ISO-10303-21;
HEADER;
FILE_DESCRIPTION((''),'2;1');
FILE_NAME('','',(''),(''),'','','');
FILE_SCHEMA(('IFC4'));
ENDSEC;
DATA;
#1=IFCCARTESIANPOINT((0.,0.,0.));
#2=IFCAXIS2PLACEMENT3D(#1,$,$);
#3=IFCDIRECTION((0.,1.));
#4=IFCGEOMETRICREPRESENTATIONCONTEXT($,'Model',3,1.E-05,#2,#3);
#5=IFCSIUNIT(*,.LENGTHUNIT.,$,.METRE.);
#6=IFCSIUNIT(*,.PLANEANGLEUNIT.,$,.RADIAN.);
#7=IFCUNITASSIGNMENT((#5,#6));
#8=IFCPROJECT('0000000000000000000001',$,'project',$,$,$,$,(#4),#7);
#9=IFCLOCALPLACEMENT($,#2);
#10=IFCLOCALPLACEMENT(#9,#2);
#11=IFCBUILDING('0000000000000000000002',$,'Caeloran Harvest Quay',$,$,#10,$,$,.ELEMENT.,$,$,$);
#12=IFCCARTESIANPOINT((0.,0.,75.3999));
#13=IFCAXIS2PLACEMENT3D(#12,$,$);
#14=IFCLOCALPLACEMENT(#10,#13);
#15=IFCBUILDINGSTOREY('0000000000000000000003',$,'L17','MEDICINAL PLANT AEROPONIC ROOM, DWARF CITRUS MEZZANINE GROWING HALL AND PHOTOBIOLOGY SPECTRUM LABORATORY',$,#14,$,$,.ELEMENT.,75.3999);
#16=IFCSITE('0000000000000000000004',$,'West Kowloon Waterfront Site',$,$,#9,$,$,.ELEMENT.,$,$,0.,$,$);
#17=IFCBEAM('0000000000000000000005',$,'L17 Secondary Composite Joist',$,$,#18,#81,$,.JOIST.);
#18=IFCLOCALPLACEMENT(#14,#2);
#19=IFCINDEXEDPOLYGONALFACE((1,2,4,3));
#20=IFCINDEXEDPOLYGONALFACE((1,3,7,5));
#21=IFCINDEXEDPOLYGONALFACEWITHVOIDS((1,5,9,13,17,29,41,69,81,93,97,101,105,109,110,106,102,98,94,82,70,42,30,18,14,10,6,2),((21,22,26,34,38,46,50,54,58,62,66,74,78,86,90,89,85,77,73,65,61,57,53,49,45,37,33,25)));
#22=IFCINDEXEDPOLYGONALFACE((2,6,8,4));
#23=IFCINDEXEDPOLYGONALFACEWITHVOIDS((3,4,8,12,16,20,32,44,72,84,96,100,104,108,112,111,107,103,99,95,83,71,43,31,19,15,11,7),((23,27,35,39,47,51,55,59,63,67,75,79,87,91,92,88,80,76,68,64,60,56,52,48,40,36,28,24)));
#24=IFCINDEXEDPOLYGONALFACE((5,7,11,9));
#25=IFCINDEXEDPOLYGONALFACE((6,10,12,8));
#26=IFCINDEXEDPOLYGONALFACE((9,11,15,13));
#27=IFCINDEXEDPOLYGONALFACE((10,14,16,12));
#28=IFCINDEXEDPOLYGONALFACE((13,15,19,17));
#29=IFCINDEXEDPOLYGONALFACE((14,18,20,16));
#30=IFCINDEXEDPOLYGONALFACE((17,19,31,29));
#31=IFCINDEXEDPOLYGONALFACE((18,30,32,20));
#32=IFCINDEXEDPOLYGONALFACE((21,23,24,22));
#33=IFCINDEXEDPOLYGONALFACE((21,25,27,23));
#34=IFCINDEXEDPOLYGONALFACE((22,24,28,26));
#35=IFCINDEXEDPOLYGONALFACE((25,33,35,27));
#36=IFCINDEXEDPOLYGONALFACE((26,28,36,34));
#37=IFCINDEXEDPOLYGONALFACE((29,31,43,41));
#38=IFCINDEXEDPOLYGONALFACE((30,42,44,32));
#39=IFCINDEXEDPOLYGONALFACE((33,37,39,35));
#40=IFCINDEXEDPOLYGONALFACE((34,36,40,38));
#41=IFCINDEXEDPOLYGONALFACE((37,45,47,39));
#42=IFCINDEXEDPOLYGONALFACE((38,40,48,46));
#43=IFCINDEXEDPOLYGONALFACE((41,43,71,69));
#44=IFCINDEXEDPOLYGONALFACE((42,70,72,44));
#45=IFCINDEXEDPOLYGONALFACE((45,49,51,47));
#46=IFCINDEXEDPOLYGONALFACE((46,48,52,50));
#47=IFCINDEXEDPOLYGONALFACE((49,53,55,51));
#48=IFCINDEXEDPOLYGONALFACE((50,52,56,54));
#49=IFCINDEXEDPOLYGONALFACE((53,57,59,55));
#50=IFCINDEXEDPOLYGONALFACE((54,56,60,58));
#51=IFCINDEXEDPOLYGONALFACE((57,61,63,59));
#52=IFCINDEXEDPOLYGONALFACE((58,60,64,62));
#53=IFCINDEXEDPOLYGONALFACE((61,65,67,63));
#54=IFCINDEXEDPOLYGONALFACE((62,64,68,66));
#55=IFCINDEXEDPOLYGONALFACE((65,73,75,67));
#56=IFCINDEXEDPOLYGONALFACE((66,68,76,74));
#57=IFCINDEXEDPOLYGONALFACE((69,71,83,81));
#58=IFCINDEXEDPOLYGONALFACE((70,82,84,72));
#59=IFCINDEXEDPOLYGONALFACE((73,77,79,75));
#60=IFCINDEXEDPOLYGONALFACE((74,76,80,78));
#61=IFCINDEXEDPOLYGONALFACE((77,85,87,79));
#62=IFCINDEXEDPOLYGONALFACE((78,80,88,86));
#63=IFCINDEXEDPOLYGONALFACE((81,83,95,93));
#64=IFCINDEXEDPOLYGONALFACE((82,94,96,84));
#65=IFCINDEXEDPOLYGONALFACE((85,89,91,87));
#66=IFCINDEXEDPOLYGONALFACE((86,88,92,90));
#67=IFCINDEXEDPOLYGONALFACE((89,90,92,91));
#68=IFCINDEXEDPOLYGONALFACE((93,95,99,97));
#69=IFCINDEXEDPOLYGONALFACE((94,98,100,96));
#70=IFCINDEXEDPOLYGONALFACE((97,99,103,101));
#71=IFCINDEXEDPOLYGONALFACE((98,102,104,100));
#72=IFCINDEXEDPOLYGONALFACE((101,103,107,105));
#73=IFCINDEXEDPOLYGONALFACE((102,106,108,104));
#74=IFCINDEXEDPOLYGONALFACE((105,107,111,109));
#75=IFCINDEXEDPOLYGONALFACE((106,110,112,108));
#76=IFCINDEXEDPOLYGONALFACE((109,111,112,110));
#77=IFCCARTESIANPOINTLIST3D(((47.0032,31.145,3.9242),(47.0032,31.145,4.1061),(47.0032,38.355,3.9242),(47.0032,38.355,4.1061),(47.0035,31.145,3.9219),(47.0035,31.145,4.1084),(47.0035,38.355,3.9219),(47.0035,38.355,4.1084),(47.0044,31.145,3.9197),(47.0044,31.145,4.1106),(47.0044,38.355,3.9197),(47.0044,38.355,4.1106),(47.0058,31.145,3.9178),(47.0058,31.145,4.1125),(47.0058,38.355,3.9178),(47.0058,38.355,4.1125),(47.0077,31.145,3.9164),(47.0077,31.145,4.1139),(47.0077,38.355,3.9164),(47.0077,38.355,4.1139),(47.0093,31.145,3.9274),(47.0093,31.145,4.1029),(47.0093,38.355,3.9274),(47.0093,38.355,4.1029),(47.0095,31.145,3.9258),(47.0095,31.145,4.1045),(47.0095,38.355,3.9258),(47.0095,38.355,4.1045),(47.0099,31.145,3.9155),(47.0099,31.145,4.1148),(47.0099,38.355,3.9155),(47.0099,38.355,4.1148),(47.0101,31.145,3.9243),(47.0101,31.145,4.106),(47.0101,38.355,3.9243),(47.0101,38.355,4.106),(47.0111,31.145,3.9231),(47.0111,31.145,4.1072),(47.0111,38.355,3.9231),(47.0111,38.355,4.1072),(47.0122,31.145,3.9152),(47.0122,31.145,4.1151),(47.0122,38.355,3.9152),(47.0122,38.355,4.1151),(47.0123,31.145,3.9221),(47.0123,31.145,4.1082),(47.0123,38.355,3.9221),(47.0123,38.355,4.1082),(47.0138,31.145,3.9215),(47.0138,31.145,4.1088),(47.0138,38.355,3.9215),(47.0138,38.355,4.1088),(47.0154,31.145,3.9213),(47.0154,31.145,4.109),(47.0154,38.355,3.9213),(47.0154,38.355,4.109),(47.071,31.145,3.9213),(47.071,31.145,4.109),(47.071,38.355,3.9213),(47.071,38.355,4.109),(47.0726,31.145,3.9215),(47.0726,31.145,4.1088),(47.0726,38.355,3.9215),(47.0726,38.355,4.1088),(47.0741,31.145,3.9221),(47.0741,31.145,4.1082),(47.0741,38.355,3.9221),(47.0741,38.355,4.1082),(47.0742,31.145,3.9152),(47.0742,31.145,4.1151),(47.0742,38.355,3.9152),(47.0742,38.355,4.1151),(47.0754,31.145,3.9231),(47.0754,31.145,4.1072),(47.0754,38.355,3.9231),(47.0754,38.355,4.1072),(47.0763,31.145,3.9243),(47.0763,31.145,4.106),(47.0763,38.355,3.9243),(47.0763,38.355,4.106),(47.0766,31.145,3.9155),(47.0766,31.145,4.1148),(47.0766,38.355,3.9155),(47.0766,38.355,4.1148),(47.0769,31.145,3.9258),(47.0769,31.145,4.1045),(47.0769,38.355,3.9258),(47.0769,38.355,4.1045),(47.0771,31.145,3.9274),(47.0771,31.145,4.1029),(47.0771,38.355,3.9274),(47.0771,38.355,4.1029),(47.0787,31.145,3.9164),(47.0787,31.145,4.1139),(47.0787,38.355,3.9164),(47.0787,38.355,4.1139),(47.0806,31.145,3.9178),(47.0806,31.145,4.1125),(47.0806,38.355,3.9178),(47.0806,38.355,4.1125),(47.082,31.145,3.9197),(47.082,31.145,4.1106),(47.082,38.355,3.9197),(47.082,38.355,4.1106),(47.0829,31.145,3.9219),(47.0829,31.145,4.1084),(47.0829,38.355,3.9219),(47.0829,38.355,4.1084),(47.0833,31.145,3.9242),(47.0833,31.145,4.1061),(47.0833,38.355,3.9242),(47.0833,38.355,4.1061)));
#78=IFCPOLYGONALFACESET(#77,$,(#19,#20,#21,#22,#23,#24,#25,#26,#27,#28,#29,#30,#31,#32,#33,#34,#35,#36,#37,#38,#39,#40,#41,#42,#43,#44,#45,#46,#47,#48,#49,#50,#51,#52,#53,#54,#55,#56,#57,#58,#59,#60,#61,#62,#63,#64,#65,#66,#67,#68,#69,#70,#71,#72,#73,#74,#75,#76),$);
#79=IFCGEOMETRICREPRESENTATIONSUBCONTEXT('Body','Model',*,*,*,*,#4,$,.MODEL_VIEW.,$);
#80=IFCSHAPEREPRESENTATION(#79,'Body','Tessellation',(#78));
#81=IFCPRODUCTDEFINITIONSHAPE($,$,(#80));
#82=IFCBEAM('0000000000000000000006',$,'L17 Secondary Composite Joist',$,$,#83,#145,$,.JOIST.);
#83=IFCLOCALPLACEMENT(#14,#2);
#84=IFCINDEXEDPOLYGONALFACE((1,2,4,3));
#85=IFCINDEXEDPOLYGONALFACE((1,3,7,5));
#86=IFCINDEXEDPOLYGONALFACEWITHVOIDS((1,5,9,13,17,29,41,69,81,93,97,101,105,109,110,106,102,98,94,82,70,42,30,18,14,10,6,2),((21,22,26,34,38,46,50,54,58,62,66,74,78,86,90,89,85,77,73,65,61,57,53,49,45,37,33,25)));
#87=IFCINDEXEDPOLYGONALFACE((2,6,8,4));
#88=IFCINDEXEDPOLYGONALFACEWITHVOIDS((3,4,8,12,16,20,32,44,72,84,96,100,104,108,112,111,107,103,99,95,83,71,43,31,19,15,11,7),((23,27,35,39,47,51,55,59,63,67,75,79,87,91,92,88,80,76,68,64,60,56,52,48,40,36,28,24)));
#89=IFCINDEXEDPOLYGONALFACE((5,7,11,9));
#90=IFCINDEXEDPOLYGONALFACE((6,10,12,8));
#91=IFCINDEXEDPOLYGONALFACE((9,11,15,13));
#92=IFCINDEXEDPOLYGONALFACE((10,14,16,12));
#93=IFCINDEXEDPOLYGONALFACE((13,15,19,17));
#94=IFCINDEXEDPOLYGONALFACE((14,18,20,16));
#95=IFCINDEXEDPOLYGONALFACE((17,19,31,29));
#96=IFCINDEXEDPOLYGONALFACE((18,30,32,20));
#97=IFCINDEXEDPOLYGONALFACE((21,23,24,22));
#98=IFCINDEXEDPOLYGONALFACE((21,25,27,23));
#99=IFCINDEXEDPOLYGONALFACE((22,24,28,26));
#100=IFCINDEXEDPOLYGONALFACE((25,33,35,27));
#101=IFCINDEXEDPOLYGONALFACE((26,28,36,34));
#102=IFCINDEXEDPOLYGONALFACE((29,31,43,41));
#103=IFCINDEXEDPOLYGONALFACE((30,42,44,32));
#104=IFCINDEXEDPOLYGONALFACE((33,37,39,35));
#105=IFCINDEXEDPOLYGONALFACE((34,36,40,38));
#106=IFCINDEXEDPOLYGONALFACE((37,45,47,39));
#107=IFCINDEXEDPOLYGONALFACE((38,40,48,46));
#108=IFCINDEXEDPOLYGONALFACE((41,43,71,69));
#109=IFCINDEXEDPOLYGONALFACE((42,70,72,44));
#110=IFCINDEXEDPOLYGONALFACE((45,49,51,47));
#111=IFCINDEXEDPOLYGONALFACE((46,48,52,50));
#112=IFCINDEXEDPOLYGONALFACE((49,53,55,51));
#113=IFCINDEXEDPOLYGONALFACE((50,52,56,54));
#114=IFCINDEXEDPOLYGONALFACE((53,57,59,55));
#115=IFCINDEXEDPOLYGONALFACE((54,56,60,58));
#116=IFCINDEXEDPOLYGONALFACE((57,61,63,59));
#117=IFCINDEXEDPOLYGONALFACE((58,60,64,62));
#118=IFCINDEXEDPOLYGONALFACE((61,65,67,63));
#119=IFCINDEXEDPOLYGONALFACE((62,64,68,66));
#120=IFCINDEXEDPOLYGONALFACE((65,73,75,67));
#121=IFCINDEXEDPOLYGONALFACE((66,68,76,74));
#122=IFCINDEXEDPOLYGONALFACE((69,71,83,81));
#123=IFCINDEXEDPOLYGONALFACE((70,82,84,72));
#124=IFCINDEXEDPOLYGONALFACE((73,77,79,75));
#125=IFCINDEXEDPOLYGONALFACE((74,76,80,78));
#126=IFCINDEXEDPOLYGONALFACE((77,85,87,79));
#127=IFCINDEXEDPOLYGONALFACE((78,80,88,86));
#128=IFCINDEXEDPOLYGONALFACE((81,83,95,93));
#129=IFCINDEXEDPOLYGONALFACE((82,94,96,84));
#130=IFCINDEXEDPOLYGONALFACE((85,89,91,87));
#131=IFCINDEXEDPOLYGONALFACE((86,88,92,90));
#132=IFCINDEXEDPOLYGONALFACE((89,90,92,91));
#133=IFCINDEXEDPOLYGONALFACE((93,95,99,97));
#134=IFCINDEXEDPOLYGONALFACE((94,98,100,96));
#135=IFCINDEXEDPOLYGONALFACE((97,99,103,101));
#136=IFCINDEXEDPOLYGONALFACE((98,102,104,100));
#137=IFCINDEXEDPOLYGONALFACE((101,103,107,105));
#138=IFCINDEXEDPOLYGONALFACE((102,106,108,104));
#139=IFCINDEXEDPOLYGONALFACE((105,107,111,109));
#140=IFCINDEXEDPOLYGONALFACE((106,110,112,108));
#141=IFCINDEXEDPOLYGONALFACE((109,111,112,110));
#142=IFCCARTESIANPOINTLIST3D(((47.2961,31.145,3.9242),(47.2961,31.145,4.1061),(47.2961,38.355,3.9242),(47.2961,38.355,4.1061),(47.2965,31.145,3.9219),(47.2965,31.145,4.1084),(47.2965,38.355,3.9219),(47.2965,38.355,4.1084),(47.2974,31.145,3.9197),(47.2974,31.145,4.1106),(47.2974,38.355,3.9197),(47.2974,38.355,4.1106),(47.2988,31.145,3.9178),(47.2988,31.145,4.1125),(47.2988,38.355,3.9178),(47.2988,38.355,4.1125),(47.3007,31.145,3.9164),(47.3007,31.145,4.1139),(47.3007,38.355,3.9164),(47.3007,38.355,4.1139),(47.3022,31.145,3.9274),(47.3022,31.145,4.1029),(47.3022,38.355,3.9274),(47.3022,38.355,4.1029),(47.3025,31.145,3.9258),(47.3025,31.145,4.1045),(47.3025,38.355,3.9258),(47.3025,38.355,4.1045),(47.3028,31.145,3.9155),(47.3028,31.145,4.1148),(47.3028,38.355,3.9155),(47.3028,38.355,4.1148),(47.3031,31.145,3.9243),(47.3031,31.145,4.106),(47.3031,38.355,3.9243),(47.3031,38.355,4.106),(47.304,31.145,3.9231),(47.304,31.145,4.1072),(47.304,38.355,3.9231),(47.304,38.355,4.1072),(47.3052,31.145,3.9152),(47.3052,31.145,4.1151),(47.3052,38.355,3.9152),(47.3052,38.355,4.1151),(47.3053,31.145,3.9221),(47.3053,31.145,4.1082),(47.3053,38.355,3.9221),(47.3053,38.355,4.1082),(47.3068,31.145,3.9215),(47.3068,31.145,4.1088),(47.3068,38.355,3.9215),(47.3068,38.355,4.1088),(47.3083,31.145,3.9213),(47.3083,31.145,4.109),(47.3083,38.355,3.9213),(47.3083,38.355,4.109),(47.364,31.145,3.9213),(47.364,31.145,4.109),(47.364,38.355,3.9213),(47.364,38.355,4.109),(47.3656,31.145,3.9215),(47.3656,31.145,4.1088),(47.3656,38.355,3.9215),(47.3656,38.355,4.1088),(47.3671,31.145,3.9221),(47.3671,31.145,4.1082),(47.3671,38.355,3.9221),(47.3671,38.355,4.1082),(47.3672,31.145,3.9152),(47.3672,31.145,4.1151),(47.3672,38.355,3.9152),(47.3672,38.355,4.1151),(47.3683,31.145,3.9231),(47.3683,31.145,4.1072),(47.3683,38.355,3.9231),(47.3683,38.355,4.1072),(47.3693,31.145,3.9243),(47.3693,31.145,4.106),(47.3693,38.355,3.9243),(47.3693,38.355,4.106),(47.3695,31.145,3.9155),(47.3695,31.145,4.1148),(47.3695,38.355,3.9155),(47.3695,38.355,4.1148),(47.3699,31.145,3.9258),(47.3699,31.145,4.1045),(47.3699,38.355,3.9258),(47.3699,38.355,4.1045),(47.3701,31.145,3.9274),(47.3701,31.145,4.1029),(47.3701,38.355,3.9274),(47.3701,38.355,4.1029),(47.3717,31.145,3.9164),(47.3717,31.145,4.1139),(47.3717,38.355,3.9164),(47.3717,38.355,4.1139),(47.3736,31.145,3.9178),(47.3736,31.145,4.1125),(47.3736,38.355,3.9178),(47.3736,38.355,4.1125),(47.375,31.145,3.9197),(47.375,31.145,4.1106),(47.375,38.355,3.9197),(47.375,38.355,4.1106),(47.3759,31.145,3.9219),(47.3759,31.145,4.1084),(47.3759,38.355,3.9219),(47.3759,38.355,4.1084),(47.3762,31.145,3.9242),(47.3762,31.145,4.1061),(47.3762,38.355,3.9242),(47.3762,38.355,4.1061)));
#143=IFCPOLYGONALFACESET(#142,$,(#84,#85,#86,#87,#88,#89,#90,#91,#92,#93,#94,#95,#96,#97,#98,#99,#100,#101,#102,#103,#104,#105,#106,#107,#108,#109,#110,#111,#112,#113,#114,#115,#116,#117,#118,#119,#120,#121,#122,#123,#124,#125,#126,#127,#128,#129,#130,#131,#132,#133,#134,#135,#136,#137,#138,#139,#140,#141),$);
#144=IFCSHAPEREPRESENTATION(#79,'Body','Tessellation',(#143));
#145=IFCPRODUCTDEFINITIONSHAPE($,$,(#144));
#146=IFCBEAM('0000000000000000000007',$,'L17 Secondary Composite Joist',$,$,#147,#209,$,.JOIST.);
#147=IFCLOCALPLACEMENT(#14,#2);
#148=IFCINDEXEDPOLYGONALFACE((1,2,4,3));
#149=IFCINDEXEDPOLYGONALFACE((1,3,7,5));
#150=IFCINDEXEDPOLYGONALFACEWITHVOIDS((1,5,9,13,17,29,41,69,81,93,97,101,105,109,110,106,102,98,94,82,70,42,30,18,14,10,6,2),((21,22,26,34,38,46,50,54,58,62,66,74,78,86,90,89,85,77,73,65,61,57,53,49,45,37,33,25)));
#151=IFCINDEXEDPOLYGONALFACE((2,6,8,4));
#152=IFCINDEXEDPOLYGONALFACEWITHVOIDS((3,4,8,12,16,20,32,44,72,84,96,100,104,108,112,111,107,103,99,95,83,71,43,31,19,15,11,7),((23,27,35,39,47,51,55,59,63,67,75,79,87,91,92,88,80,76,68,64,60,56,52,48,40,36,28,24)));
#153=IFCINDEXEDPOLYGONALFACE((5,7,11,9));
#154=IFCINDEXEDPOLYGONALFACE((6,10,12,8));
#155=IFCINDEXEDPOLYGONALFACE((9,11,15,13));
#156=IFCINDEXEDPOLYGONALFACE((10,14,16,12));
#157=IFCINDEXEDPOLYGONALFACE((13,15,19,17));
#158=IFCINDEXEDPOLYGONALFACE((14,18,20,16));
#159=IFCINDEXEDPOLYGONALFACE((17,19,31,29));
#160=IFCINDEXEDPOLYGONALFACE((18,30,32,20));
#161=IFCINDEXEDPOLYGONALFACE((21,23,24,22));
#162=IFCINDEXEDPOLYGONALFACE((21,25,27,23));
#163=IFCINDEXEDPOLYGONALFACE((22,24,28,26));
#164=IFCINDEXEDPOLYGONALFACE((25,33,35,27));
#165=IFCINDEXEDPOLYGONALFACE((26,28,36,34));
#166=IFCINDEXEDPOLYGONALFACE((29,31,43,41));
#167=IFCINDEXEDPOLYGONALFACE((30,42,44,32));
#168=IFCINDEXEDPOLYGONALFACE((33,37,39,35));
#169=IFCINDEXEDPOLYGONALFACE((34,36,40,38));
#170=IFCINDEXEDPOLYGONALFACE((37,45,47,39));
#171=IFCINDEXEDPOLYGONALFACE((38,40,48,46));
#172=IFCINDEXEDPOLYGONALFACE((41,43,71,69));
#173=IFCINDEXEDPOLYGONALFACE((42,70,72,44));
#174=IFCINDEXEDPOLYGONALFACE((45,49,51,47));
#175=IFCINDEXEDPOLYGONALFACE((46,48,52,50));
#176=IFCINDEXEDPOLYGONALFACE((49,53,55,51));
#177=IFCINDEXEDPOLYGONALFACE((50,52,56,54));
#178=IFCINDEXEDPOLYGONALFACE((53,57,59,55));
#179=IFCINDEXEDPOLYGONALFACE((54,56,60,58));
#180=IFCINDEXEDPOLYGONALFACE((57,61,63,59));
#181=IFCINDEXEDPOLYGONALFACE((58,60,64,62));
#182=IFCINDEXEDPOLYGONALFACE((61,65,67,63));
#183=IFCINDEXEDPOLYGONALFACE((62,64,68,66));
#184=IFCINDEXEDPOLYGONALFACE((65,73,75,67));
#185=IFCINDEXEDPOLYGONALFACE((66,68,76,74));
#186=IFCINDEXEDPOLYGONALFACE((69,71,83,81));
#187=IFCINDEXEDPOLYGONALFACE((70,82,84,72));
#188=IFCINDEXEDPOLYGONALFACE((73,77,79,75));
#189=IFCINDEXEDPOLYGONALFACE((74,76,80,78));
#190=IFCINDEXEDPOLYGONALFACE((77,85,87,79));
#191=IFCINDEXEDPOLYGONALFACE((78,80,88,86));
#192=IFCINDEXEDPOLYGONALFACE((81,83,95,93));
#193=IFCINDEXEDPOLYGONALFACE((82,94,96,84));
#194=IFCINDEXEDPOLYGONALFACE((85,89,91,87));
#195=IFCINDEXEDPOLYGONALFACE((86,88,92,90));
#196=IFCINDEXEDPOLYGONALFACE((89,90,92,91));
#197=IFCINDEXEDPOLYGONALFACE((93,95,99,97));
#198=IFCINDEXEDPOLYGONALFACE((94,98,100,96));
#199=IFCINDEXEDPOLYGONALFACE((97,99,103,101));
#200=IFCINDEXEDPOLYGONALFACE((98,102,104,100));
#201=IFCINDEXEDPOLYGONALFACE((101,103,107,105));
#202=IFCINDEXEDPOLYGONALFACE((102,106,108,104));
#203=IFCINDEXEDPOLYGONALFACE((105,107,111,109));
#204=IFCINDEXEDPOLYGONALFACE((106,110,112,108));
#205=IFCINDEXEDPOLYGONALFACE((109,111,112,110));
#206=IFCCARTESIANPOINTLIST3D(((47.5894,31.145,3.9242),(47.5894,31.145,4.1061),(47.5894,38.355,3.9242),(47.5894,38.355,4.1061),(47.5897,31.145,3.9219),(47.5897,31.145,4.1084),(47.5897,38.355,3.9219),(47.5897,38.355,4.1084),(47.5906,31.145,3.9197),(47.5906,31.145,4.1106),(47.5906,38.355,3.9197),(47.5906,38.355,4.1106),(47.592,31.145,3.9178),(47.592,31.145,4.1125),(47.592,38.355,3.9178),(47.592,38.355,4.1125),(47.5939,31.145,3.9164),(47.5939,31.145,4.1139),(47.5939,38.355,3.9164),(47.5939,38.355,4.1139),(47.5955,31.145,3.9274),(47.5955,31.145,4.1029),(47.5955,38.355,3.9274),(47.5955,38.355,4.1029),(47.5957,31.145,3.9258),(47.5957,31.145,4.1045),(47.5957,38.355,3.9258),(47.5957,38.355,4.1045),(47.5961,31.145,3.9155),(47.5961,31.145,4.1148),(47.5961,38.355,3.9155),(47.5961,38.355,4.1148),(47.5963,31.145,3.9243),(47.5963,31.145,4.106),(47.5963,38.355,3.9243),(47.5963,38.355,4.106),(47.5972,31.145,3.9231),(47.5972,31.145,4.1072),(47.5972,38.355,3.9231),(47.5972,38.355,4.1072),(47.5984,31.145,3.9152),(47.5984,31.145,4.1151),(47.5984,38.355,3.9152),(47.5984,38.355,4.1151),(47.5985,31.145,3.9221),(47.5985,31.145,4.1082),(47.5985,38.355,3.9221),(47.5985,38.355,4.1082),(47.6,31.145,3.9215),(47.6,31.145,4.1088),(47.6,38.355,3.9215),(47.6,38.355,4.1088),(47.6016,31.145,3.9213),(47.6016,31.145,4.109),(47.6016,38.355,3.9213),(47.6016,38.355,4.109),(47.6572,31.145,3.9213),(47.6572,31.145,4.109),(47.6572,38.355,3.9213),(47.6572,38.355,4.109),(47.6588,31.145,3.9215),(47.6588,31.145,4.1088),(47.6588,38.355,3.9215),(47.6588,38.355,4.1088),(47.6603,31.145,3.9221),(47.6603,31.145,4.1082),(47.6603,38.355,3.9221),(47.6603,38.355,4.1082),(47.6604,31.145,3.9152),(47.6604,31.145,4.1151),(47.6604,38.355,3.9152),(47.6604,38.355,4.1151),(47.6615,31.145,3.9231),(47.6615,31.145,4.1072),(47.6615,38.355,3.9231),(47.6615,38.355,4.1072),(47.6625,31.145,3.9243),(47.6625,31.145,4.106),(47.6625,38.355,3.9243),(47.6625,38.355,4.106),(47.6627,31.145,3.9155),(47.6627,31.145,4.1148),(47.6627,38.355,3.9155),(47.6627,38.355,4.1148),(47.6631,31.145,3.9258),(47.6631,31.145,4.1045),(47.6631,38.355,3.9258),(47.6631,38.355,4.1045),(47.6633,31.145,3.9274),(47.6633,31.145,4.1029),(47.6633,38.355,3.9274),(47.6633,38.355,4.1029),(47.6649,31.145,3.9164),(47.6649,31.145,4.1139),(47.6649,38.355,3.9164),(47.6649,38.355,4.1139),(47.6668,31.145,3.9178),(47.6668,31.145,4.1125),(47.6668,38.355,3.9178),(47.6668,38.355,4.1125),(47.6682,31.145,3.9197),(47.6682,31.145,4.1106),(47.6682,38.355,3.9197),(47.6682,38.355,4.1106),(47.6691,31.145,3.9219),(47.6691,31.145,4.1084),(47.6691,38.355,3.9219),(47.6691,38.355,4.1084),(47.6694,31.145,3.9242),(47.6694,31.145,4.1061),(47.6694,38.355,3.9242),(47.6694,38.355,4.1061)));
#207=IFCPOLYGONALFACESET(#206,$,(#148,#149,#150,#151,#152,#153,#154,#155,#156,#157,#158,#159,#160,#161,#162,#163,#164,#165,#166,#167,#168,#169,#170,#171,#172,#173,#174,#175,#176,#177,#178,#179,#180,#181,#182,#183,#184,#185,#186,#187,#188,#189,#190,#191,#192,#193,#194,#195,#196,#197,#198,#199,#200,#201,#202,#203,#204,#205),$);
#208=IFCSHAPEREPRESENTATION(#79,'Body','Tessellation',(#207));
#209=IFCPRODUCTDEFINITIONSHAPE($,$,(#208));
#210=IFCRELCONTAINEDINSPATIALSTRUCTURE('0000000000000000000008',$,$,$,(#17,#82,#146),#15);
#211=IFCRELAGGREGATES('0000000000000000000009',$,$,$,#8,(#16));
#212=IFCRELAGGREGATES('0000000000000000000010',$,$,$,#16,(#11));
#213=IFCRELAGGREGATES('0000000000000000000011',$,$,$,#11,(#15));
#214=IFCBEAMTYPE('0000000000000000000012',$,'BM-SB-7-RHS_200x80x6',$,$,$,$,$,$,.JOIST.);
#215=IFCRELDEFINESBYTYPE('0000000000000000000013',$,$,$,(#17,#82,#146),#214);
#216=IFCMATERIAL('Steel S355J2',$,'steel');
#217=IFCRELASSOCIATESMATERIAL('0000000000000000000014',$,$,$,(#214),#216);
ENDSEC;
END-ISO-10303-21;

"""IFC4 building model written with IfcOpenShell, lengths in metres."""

from ifc_helpers import new_model, si_unit, direction, frame, origin, origin_2d, place, context, subcontext, project, spatial, hollow_rectangle, extrude, material, material_profile, profile_set, type_object, element, save


model = new_model("IFC4")

# Units and contexts
model_context = context("Model", 3, precision=1e-05, world=origin(), true_north=direction((0.0, 1.0)))
body_context = subcontext(model_context, "Body", "Model", "MODEL_VIEW")
ifc_project = project(units=[si_unit("LENGTHUNIT", "METRE"), si_unit("PLANEANGLEUNIT", "RADIAN")], contexts=[model_context])

# Site, building, storey
site_placement = place(None, origin())
site = spatial("IfcSite", under=ifc_project, at=site_placement, Name="West Kowloon Waterfront Site", CompositionType="ELEMENT", RefElevation=0.0)
building_placement = place(site_placement, origin())
building = spatial("IfcBuilding", under=site, at=building_placement, Name="Caeloran Harvest Quay", CompositionType="ELEMENT")
storey_placement = place(building_placement, frame((0.0, 0.0, 75.3999)))
storey = spatial("IfcBuildingStorey", under=building, at=storey_placement, Name="L17", Description="MEDICINAL PLANT AEROPONIC ROOM, DWARF CITRUS MEZZANINE GROWING HALL AND PHOTOBIOLOGY SPECTRUM LABORATORY", CompositionType="ELEMENT", Elevation=75.3999)

# Beams
ifc_material_1 = material(Name="Steel S355J2", Category="steel")
ifc_material_profile_1 = material_profile(ifc_material_1, hollow_rectangle(XDim=0.0801, YDim=0.2, WallThickness=0.0061, InnerFilletRadius=0.0061, OuterFilletRadius=0.009, at=origin_2d()), Name="RHS 200x80x6")
ifc_profile_set_1 = profile_set([ifc_material_profile_1], Name="Steel S355J2")
beam_type_1 = type_object("IfcBeamType", Name="BM-SB-7-RHS_200x80x6", PredefinedType="JOIST", material=ifc_profile_set_1)
for number, where, z_axis, x_axis, name in (
    (1, (47.0432, 31.145, 4.0151), (0.0, 1.0, 0.0), (-1.0, 0.0, 0.0), "L17 Secondary Composite Joist"),
    (2, (47.3362, 31.145, 4.0151), (0.0, 1.0, 0.0), (-1.0, 0.0, 0.0), "L17 Secondary Composite Joist"),
    (3, (47.6294, 31.145, 4.0151), (0.0, 1.0, 0.0), (-1.0, 0.0, 0.0), "L17 Secondary Composite Joist"),
):
    element("IfcBeam", number, at=place(storey_placement, frame(where, z_axis=z_axis, x_axis=x_axis)), inside=storey, type_object=beam_type_1, Name=name, PredefinedType="JOIST", context=body_context, shape_type="SweptSolid", body=[
        extrude(hollow_rectangle(XDim=0.0801, YDim=0.2, WallThickness=0.0061, InnerFilletRadius=0.0061, OuterFilletRadius=0.009, at=origin_2d()), origin(), (0.0, 0.0, 1.0), 7.21),
    ])

save(model, "model.ifc")
